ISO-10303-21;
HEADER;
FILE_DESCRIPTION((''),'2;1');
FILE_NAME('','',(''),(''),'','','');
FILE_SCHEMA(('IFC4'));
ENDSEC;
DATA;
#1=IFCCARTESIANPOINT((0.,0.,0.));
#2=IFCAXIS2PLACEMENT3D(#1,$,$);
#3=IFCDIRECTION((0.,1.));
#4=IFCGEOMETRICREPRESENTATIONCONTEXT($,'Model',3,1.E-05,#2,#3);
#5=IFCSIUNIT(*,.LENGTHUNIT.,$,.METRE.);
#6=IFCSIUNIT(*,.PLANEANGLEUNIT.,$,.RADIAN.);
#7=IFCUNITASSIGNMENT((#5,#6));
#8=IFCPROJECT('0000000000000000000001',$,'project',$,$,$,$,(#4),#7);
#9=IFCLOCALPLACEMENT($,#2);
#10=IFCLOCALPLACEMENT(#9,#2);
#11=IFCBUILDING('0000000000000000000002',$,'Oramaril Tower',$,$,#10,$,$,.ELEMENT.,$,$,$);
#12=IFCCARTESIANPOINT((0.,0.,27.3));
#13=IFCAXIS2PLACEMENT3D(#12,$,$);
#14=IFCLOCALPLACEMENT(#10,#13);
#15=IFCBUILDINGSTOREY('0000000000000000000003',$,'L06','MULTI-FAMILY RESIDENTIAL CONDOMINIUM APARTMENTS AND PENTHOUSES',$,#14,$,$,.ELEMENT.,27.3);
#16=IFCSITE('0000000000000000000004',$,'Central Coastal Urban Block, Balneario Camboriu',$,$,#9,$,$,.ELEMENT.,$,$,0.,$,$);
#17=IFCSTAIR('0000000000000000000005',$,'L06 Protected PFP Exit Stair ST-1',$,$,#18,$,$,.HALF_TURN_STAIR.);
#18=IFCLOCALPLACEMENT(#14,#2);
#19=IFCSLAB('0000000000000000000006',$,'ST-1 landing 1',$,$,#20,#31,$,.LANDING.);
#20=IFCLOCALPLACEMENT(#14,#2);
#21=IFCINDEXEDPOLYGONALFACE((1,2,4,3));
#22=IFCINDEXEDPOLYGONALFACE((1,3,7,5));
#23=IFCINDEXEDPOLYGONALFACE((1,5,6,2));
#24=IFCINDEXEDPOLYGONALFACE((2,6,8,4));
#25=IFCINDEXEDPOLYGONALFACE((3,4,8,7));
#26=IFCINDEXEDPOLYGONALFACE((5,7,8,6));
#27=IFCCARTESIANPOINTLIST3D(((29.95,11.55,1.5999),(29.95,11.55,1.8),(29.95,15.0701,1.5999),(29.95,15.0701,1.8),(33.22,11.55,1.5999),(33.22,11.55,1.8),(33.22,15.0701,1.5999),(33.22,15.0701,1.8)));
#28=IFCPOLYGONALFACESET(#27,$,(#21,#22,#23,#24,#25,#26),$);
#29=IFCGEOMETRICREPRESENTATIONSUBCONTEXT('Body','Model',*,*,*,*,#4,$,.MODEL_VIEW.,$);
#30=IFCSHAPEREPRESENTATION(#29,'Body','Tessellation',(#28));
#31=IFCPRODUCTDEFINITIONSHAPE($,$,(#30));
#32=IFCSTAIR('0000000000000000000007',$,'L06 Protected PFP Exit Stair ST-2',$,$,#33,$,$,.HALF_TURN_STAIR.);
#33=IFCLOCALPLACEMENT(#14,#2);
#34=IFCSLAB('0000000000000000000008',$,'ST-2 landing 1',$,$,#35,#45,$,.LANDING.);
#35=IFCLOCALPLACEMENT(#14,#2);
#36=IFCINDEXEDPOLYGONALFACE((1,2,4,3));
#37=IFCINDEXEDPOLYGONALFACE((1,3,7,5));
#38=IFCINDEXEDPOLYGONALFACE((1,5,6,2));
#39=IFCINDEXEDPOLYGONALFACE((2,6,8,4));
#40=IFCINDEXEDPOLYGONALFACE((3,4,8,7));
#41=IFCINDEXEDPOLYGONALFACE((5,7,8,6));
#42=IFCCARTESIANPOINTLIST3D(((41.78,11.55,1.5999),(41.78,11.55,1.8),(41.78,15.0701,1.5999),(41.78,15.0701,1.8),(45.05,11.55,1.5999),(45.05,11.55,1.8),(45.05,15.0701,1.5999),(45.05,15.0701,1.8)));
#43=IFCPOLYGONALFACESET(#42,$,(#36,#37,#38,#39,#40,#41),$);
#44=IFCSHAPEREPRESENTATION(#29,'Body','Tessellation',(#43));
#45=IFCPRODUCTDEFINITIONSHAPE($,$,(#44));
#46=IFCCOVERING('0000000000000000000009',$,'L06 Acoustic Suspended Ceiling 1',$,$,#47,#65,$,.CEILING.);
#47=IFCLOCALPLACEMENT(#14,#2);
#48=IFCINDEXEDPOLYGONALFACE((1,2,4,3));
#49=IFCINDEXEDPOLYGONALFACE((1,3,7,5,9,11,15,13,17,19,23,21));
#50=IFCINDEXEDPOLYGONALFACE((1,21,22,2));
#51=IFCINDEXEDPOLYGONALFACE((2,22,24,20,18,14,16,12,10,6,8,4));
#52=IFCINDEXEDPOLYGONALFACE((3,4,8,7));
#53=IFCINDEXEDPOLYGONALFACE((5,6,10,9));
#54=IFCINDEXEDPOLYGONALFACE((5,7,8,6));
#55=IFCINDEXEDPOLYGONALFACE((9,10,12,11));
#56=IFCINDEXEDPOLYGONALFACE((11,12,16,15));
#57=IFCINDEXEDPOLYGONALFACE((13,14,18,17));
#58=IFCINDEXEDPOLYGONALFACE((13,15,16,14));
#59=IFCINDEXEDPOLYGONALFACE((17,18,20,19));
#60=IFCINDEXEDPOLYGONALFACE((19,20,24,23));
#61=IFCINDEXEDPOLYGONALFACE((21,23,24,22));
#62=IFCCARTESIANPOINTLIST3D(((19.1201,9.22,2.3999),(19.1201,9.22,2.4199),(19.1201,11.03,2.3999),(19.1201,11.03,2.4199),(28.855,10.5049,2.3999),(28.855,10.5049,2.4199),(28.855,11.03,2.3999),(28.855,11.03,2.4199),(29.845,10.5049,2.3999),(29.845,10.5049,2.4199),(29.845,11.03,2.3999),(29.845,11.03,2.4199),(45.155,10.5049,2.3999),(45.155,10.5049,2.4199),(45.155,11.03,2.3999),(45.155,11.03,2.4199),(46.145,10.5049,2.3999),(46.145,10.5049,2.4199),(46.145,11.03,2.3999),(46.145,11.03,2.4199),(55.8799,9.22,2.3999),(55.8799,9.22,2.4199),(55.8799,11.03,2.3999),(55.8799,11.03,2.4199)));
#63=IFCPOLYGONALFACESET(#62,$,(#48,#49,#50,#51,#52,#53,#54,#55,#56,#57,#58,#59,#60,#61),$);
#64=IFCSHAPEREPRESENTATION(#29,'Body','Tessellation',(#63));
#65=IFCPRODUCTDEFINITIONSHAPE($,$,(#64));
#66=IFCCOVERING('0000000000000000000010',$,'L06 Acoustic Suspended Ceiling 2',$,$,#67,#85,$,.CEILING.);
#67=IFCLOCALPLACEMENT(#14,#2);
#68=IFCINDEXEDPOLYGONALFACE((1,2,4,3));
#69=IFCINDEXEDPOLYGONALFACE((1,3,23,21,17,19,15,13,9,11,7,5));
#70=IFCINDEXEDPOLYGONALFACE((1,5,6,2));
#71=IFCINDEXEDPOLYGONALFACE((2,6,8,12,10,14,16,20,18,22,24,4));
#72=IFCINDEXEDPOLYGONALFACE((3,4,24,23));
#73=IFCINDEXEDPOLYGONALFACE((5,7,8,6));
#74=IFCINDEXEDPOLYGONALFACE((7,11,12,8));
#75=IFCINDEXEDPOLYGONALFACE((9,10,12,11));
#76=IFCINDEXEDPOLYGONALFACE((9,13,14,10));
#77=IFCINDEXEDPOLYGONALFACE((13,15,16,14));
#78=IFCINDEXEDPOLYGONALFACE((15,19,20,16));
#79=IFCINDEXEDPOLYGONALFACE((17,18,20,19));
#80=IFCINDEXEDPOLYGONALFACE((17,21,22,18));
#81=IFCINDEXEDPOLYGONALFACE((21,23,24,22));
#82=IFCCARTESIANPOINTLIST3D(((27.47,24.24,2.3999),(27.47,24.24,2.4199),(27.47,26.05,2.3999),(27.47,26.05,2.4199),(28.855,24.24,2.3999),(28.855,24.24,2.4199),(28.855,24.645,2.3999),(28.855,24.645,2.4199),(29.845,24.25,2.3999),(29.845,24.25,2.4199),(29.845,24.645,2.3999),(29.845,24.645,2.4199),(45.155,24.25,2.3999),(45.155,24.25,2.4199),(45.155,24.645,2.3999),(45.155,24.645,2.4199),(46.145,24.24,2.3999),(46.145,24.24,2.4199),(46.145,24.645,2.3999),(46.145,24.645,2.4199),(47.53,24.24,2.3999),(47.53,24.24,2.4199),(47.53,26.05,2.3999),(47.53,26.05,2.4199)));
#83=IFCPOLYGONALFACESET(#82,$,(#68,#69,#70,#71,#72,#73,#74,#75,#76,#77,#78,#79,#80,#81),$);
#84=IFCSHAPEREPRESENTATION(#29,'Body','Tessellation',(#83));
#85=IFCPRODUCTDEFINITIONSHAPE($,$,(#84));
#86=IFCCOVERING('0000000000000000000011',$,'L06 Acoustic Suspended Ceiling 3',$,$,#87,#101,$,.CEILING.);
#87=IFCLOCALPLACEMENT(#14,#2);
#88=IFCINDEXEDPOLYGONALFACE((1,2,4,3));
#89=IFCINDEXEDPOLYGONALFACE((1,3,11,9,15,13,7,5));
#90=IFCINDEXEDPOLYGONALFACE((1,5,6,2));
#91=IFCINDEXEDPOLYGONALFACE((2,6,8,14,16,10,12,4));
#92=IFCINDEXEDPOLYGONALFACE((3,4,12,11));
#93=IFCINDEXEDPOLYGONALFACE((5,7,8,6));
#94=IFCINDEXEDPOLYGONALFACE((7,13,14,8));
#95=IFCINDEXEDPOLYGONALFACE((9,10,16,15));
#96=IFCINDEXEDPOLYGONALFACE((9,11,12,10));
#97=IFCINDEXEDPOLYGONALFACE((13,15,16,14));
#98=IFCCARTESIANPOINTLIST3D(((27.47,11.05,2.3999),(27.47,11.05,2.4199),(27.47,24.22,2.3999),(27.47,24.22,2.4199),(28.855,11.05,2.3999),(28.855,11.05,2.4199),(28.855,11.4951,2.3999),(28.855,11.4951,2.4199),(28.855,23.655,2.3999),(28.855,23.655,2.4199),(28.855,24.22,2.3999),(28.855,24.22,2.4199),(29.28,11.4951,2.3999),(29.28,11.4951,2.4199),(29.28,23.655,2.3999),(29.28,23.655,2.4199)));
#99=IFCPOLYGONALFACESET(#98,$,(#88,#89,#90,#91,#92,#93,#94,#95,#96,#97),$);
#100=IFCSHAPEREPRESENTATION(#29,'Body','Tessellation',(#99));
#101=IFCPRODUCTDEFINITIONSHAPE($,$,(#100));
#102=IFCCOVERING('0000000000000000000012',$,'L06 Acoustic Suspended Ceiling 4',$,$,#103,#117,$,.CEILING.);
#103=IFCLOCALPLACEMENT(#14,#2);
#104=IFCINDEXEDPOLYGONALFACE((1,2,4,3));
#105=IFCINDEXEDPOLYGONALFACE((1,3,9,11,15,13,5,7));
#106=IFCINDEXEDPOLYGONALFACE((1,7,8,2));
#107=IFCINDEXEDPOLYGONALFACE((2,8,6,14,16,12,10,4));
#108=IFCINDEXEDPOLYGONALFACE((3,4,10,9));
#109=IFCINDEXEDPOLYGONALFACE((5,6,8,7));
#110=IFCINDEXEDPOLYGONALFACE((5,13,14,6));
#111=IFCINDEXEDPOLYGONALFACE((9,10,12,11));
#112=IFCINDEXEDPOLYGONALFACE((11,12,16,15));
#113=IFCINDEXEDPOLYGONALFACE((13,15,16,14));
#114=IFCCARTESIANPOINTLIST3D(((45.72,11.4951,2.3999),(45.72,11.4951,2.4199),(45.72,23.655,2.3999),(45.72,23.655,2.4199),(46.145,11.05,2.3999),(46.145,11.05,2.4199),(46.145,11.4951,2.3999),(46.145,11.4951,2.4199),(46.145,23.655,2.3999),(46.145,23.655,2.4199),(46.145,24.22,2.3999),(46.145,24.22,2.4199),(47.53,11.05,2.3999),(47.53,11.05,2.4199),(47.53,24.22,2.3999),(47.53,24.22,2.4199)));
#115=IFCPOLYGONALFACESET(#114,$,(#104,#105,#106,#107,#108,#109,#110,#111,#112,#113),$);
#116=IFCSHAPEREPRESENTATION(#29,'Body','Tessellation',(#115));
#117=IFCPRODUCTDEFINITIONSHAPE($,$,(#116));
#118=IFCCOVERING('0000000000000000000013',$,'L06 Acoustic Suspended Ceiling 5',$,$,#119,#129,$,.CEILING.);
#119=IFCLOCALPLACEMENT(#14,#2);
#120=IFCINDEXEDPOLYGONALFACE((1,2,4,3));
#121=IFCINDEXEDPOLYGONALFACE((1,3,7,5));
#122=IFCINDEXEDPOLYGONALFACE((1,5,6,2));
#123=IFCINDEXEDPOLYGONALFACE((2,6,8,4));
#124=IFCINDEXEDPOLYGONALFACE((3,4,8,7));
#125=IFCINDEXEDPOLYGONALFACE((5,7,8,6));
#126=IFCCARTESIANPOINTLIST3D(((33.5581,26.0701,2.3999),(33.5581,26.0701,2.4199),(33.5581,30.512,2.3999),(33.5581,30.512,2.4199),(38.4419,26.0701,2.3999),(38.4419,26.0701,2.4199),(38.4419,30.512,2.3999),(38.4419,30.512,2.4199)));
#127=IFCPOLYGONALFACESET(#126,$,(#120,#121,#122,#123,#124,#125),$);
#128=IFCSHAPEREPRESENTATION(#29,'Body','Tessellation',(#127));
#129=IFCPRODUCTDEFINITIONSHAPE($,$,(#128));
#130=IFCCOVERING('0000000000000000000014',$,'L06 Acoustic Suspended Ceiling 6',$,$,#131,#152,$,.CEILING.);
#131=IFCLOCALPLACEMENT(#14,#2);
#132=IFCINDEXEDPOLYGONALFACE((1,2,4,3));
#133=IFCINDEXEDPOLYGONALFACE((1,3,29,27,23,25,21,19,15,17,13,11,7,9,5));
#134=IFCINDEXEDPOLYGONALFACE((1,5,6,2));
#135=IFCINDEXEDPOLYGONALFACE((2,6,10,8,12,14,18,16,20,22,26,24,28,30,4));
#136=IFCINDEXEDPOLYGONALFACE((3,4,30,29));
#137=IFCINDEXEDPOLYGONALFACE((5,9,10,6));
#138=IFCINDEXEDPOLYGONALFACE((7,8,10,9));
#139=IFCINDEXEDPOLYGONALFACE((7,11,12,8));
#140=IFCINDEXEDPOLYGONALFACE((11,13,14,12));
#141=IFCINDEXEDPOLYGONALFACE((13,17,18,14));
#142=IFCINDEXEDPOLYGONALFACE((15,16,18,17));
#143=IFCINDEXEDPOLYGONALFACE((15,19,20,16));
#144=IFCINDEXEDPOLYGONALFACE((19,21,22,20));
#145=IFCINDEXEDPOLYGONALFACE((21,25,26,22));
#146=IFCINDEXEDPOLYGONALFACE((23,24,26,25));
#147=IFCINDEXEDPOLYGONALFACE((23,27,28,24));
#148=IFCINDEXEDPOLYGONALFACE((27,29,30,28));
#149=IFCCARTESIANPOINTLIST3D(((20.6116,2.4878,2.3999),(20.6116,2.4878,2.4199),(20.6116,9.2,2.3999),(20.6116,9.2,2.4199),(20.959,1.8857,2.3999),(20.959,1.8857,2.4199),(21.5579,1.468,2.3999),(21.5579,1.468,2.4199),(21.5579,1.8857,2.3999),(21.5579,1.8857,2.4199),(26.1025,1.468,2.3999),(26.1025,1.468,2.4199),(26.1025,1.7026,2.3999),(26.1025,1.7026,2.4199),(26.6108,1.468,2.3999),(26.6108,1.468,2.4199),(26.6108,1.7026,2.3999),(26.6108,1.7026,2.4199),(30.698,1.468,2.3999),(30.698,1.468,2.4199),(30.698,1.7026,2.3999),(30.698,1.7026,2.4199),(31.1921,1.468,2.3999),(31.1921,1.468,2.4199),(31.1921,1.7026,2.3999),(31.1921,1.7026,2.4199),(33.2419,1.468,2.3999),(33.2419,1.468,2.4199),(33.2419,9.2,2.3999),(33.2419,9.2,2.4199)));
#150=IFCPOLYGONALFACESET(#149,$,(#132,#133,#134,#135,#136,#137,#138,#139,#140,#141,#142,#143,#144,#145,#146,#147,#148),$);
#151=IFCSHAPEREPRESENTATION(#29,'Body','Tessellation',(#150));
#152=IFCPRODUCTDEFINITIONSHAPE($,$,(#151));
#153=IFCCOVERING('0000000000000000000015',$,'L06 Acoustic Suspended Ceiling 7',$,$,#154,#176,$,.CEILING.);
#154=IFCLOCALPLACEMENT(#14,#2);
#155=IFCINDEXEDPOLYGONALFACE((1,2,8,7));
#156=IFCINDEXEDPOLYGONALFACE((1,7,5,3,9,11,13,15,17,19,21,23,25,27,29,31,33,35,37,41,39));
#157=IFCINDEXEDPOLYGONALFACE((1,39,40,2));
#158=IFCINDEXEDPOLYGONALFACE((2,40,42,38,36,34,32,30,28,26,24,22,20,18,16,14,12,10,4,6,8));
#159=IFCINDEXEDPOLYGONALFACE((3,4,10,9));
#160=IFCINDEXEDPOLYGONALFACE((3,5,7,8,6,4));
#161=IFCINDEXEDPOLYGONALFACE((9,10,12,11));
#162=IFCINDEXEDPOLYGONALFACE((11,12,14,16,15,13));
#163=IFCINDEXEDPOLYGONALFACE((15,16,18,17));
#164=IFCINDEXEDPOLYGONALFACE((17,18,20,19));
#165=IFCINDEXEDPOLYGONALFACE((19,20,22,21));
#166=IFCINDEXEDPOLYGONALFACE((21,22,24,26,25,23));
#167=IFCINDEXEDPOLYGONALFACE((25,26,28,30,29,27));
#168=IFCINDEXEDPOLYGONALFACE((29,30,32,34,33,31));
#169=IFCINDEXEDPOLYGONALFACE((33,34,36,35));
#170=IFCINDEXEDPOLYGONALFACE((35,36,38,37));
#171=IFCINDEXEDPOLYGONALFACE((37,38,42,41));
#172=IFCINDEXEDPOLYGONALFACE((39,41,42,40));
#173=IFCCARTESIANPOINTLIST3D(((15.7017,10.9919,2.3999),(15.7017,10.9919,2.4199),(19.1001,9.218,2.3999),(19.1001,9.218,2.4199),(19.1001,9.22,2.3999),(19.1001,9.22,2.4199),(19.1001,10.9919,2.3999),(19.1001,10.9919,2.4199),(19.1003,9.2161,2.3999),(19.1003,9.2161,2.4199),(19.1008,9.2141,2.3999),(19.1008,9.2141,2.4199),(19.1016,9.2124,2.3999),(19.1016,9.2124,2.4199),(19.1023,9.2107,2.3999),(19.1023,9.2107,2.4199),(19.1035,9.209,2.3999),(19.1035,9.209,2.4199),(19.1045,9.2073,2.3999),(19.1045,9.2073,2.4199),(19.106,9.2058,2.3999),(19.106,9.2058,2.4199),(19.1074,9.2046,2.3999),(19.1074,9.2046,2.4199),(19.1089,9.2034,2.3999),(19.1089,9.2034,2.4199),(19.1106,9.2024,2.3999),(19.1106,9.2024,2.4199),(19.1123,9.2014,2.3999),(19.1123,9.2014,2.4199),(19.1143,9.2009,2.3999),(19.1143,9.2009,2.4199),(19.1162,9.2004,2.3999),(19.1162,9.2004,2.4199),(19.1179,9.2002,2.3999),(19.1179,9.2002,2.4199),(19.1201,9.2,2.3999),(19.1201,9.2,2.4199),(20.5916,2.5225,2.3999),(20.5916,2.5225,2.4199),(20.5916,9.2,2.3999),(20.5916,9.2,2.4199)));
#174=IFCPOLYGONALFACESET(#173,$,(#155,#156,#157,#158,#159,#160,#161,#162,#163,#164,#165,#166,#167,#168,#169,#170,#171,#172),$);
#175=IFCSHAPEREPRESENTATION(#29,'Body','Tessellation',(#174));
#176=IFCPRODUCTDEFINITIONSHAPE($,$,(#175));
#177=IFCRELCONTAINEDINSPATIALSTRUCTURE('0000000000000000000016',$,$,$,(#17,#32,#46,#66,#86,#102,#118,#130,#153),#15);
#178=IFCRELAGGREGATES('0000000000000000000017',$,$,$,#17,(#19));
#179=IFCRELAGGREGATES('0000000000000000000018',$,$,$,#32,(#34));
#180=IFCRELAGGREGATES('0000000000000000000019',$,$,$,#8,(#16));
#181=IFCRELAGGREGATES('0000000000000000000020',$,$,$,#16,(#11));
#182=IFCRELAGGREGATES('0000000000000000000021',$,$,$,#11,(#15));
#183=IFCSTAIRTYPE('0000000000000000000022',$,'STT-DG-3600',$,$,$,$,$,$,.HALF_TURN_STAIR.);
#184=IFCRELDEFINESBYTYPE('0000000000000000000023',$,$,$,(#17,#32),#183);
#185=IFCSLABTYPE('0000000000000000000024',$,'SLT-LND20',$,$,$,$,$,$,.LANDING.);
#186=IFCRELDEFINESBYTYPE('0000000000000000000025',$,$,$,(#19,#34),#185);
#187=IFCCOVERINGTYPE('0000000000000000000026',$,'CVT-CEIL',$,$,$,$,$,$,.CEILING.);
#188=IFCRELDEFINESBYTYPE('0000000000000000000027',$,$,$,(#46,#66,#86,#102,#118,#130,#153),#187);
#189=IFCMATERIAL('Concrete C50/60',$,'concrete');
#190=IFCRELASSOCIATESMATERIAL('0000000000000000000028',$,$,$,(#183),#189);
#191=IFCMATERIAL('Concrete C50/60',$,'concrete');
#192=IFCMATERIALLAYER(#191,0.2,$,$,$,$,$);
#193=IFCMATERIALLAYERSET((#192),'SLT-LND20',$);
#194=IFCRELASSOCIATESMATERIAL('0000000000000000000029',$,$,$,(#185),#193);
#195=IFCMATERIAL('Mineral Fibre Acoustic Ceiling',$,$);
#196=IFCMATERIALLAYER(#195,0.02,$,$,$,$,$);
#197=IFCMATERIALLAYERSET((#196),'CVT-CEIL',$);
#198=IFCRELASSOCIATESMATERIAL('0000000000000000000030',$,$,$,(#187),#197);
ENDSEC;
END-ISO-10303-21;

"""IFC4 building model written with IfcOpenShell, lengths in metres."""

from ifc_helpers import new_model, si_unit, direction, frame, origin, place, context, subcontext, project, spatial, polyline, outline, extrude, material, layer, layer_set, type_object, element, aggregate, save


model = new_model("IFC4")

# Units and contexts
model_context = context("Model", 3, precision=1e-05, world=origin(), true_north=direction((0.0, 1.0)))
body_context = subcontext(model_context, "Body", "Model", "MODEL_VIEW")
ifc_project = project(units=[si_unit("LENGTHUNIT", "METRE"), si_unit("PLANEANGLEUNIT", "RADIAN")], contexts=[model_context])

# Site, building, storey
site_placement = place(None, origin())
site = spatial("IfcSite", under=ifc_project, at=site_placement, Name="Central Coastal Urban Block, Balneario Camboriu", CompositionType="ELEMENT", RefElevation=0.0)
building_placement = place(site_placement, origin())
building = spatial("IfcBuilding", under=site, at=building_placement, Name="Oramaril Tower", CompositionType="ELEMENT")
storey_placement = place(building_placement, frame((0.0, 0.0, 27.3)))
storey = spatial("IfcBuildingStorey", under=building, at=storey_placement, Name="L06", Description="MULTI-FAMILY RESIDENTIAL CONDOMINIUM APARTMENTS AND PENTHOUSES", CompositionType="ELEMENT", Elevation=27.3)

# Stairs, slabs
ifc_material_1 = material(Name="Concrete C50/60", Category="concrete")
stair_type = type_object("IfcStairType", Name="STT-DG-3600", PredefinedType="HALF_TURN_STAIR", material=ifc_material_1)
stair_1_placement = place(storey_placement, origin())
stair_1 = element("IfcStair", 1, at=stair_1_placement, inside=storey, type_object=stair_type, Name="L06 Protected PFP Exit Stair ST-1", PredefinedType="HALF_TURN_STAIR")
ifc_material_2 = material(Name="Concrete C50/60", Category="concrete")
ifc_layer_1 = layer(ifc_material_2, 0.2)
ifc_layer_set_1 = layer_set([ifc_layer_1], Name="SLT-LND20")
slab_type = type_object("IfcSlabType", Name="SLT-LND20", PredefinedType="LANDING", material=ifc_layer_set_1)
slab_1_placement = place(storey_placement, frame((0.0, 0.0, 1.5999)))
slab_1 = element("IfcSlab", 2, at=slab_1_placement, type_object=slab_type, Name="ST-1 landing 1", PredefinedType="LANDING", context=body_context, shape_type="SweptSolid", body=[
    extrude(outline(polyline([(29.95, 15.0701), (29.95, 11.55), (33.22, 11.55), (33.22, 15.0701), (29.95, 15.0701)])), origin(), (0.0, 0.0, 1.0), 0.2002),
])
aggregate(stair_1, [slab_1])
stair_2_placement = place(storey_placement, origin())
stair_2 = element("IfcStair", 3, at=stair_2_placement, inside=storey, type_object=stair_type, Name="L06 Protected PFP Exit Stair ST-2", PredefinedType="HALF_TURN_STAIR")
slab_2_placement = place(storey_placement, frame((0.0, 0.0, 1.5999)))
slab_2 = element("IfcSlab", 4, at=slab_2_placement, type_object=slab_type, Name="ST-2 landing 1", PredefinedType="LANDING", context=body_context, shape_type="SweptSolid", body=[
    extrude(outline(polyline([(41.78, 15.0701), (41.78, 11.55), (45.05, 11.55), (45.05, 15.0701), (41.78, 15.0701)])), origin(), (0.0, 0.0, 1.0), 0.2002),
])
aggregate(stair_2, [slab_2])

# Coverings
ifc_material_3 = material(Name="Mineral Fibre Acoustic Ceiling")
ifc_layer_2 = layer(ifc_material_3, 0.02)
ifc_layer_set_2 = layer_set([ifc_layer_2], Name="CVT-CEIL")
covering_type_1 = type_object("IfcCoveringType", Name="CVT-CEIL", PredefinedType="CEILING", material=ifc_layer_set_2)
covering_1_placement = place(storey_placement, frame((0.0, 0.0, 2.3999)))
element("IfcCovering", 5, at=covering_1_placement, inside=storey, type_object=covering_type_1, Name="L06 Acoustic Suspended Ceiling 1", PredefinedType="CEILING", context=body_context, shape_type="SweptSolid", body=[
    extrude(outline(polyline([(28.855, 10.5049), (29.845, 10.5049), (29.845, 11.03), (45.155, 11.03), (45.155, 10.5049), (46.145, 10.5049), (46.145, 11.03), (55.8799, 11.03), (55.8799, 9.22), (19.1201, 9.22), (19.1201, 11.03), (28.855, 11.03), (28.855, 10.5049)])), origin(), (0.0, 0.0, 1.0), 0.02),
])
covering_2_placement = place(storey_placement, frame((0.0, 0.0, 2.3999)))
element("IfcCovering", 6, at=covering_2_placement, inside=storey, type_object=covering_type_1, Name="L06 Acoustic Suspended Ceiling 2", PredefinedType="CEILING", context=body_context, shape_type="SweptSolid", body=[
    extrude(outline(polyline([(47.53, 24.24), (46.145, 24.24), (46.145, 24.645), (45.155, 24.645), (45.155, 24.25), (29.845, 24.25), (29.845, 24.645), (28.855, 24.645), (28.855, 24.24), (27.47, 24.24), (27.47, 26.05), (47.53, 26.05), (47.53, 24.24)])), origin(), (0.0, 0.0, 1.0), 0.02),
])
covering_3_placement = place(storey_placement, frame((0.0, 0.0, 2.3999)))
element("IfcCovering", 7, at=covering_3_placement, inside=storey, type_object=covering_type_1, Name="L06 Acoustic Suspended Ceiling 3", PredefinedType="CEILING", context=body_context, shape_type="SweptSolid", body=[
    extrude(outline(polyline([(28.855, 23.655), (29.28, 23.655), (29.28, 11.4951), (28.855, 11.4951), (28.855, 11.05), (27.47, 11.05), (27.47, 24.22), (28.855, 24.22), (28.855, 23.655)])), origin(), (0.0, 0.0, 1.0), 0.02),
])
covering_4_placement = place(storey_placement, frame((0.0, 0.0, 2.3999)))
element("IfcCovering", 8, at=covering_4_placement, inside=storey, type_object=covering_type_1, Name="L06 Acoustic Suspended Ceiling 4", PredefinedType="CEILING", context=body_context, shape_type="SweptSolid", body=[
    extrude(outline(polyline([(47.53, 11.05), (46.145, 11.05), (46.145, 11.4951), (45.72, 11.4951), (45.72, 23.655), (46.145, 23.655), (46.145, 24.22), (47.53, 24.22), (47.53, 11.05)])), origin(), (0.0, 0.0, 1.0), 0.02),
])
covering_5_placement = place(storey_placement, frame((0.0, 0.0, 2.3999)))
element("IfcCovering", 9, at=covering_5_placement, inside=storey, type_object=covering_type_1, Name="L06 Acoustic Suspended Ceiling 5", PredefinedType="CEILING", context=body_context, shape_type="SweptSolid", body=[
    extrude(outline(polyline([(38.4419, 30.512), (38.4419, 26.0701), (33.5581, 26.0701), (33.5581, 30.512), (38.4419, 30.512)])), origin(), (0.0, 0.0, 1.0), 0.02),
])
covering_6_placement = place(storey_placement, frame((0.0, 0.0, 2.3999)))
element("IfcCovering", 10, at=covering_6_placement, inside=storey, type_object=covering_type_1, Name="L06 Acoustic Suspended Ceiling 6", PredefinedType="CEILING", context=body_context, shape_type="SweptSolid", body=[
    extrude(outline(polyline([(31.1921, 1.7026), (30.698, 1.7026), (30.698, 1.468), (26.6108, 1.468), (26.6108, 1.7026), (26.1025, 1.7026), (26.1025, 1.468), (21.5579, 1.468), (21.5579, 1.8857), (20.959, 1.8857), (20.6116, 2.4878), (20.6116, 9.2), (33.2419, 9.2), (33.2419, 1.468), (31.1921, 1.468), (31.1921, 1.7026)])), origin(), (0.0, 0.0, 1.0), 0.02),
])
covering_7_placement = place(storey_placement, frame((0.0, 0.0, 2.3999)))
element("IfcCovering", 11, at=covering_7_placement, inside=storey, type_object=covering_type_1, Name="L06 Acoustic Suspended Ceiling 7", PredefinedType="CEILING", context=body_context, shape_type="SweptSolid", body=[
    extrude(outline(polyline([(15.7017, 10.9919), (19.1001, 10.9919), (19.1001, 9.22), (19.1001, 9.218), (19.1003, 9.2161), (19.1008, 9.2141), (19.1016, 9.2124), (19.1023, 9.2107), (19.1035, 9.209), (19.1045, 9.2073), (19.106, 9.2058), (19.1074, 9.2046), (19.1089, 9.2034), (19.1106, 9.2024), (19.1123, 9.2014), (19.1143, 9.2009), (19.1162, 9.2004), (19.1179, 9.2002), (19.1201, 9.2), (20.5916, 9.2), (20.5916, 2.5225), (15.7017, 10.9919)])), origin(), (0.0, 0.0, 1.0), 0.02),
])

save(model, "model.ifc")
